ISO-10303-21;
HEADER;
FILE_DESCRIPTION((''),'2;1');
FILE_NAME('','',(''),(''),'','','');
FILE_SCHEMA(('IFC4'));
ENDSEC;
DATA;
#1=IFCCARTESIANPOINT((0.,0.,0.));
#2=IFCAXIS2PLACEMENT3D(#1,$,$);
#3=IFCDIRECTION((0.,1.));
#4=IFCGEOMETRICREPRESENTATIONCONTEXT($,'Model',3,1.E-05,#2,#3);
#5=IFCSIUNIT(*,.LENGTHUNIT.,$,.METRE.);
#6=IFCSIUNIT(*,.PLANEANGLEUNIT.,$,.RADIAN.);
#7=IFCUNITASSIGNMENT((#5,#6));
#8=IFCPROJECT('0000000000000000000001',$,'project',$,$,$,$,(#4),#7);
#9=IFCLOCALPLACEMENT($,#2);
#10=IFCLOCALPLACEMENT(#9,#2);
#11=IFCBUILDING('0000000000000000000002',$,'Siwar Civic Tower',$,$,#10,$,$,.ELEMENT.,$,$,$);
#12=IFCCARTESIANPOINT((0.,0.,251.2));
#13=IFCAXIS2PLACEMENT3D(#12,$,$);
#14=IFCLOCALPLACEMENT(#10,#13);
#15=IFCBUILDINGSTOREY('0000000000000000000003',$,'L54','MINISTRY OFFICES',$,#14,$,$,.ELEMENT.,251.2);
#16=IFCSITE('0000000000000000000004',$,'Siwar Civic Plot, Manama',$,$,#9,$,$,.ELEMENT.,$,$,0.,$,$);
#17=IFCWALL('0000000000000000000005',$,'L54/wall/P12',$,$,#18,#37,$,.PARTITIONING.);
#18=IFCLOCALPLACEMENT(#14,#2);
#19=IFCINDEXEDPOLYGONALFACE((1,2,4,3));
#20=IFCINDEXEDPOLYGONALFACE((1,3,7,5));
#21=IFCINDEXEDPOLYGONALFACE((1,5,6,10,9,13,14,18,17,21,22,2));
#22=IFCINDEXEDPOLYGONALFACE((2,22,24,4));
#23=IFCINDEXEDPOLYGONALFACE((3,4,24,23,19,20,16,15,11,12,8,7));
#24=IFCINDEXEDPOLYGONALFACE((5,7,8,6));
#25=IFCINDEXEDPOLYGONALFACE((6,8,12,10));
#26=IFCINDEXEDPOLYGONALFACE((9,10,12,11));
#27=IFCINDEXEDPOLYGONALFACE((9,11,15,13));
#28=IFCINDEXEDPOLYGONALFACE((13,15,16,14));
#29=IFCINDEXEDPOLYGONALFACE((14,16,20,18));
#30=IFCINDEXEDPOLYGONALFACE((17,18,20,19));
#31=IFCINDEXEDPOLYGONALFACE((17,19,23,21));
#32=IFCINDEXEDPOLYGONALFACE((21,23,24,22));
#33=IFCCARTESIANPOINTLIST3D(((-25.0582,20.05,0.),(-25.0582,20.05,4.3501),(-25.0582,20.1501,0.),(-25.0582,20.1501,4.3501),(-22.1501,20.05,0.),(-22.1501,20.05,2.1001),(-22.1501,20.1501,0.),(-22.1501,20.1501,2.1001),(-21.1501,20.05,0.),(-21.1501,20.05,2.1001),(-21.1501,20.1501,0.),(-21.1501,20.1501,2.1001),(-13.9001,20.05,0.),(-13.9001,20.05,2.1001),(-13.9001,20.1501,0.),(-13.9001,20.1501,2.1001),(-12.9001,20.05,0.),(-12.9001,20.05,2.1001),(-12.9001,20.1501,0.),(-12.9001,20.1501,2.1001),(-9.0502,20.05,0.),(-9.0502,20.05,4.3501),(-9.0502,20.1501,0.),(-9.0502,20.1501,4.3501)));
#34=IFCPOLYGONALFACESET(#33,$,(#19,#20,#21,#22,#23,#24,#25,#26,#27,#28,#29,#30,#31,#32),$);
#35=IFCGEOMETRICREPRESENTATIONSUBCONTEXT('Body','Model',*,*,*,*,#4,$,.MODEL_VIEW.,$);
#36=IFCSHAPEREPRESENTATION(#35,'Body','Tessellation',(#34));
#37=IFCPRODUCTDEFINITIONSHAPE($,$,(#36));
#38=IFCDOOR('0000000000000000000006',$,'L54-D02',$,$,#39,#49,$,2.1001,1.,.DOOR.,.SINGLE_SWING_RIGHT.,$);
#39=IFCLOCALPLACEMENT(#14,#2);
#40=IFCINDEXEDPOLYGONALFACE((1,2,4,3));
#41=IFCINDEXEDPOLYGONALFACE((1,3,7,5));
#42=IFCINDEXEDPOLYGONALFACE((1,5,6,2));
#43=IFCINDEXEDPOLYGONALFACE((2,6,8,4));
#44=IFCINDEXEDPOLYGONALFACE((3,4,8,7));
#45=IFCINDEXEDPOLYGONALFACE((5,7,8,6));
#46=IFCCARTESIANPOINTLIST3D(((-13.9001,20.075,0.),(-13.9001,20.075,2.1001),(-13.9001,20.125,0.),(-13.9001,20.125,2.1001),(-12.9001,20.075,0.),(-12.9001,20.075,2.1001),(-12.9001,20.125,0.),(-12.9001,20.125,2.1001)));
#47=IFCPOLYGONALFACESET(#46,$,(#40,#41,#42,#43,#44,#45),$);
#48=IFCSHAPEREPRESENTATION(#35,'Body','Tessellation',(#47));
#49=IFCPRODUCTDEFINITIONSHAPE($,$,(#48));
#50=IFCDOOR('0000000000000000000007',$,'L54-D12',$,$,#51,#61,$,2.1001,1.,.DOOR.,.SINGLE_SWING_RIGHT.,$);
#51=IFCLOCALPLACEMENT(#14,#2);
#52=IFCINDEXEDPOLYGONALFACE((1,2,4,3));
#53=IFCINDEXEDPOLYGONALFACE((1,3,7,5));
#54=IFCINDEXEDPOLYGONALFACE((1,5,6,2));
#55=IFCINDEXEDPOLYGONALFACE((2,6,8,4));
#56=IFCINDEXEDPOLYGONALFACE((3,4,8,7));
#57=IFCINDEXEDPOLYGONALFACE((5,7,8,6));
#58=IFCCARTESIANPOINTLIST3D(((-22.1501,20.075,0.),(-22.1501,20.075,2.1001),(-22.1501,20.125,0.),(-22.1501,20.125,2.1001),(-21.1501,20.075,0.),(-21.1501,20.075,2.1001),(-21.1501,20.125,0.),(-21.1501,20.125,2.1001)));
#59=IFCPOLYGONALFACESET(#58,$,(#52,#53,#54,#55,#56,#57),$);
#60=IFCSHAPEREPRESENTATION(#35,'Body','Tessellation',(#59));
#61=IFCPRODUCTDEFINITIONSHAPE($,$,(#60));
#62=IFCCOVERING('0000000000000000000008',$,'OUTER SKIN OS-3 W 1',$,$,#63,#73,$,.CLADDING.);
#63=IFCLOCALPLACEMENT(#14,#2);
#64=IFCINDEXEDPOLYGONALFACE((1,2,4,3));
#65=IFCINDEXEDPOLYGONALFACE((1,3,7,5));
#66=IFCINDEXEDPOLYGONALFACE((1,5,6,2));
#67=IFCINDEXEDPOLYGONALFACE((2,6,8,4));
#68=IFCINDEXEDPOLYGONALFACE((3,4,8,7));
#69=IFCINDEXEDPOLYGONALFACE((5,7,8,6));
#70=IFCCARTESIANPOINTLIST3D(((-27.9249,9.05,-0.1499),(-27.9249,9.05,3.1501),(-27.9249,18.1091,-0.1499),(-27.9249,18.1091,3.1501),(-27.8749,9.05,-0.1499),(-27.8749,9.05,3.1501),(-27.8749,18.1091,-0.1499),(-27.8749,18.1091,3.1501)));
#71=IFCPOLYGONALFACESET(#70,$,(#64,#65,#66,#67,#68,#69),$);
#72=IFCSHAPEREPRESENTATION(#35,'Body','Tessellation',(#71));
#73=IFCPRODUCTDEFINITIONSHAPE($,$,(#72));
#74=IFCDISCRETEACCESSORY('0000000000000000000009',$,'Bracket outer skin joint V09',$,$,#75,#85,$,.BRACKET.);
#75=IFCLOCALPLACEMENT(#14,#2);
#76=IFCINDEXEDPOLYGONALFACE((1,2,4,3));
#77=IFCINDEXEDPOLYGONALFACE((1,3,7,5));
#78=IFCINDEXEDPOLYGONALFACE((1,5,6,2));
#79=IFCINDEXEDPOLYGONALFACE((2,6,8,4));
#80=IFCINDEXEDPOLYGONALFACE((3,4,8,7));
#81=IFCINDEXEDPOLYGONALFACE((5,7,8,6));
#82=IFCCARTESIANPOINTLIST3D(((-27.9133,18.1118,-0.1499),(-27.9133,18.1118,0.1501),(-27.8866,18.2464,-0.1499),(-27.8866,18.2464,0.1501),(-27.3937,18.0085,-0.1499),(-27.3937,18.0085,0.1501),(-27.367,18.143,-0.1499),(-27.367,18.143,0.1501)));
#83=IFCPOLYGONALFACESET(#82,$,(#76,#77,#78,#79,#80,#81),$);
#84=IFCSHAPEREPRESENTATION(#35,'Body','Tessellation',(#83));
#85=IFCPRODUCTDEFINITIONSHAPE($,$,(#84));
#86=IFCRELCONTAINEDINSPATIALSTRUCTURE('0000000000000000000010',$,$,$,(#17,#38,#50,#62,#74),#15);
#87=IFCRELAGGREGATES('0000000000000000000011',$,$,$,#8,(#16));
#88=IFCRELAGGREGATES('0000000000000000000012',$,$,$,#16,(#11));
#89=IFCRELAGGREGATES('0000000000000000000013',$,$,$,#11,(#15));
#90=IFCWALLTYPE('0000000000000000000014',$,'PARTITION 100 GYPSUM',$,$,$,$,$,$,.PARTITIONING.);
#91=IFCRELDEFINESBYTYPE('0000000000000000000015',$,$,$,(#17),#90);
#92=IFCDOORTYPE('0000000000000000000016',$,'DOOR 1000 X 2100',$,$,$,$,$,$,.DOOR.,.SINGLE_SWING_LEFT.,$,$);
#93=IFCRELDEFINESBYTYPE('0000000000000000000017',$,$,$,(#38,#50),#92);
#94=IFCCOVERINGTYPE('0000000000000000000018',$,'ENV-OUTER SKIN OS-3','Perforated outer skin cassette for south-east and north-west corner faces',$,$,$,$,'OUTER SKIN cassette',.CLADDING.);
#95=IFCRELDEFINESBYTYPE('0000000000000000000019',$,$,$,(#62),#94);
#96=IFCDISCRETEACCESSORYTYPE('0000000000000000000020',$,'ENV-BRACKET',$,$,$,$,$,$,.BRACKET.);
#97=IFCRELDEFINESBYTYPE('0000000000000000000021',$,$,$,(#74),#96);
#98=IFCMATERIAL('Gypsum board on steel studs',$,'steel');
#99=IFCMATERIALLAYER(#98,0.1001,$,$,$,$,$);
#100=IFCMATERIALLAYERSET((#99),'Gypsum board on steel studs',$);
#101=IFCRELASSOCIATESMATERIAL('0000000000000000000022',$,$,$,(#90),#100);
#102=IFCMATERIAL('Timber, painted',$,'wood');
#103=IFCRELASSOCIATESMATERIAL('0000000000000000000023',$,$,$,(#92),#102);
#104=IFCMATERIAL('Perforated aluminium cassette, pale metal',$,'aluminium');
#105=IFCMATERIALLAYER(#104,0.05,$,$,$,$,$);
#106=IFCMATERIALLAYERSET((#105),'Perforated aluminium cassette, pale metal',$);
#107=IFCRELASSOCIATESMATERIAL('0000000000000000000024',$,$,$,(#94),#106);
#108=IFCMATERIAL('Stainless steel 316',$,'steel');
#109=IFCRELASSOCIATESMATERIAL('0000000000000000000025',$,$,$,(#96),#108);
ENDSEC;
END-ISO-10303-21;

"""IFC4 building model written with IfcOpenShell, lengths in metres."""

from ifc_helpers import new_model, si_unit, direction, frame, frame_2d, origin, origin_2d, place, context, subcontext, project, spatial, rectangle, extrude, material, layer, layer_set, type_object, element, fill, save


model = new_model("IFC4")

# Units and contexts
model_context = context("Model", 3, precision=1e-05, world=origin(), true_north=direction((0.0, 1.0)))
body_context = subcontext(model_context, "Body", "Model", "MODEL_VIEW")
ifc_project = project(units=[si_unit("LENGTHUNIT", "METRE"), si_unit("PLANEANGLEUNIT", "RADIAN")], contexts=[model_context])

# Site, building, storey
site_placement = place(None, origin())
site = spatial("IfcSite", under=ifc_project, at=site_placement, Name="Siwar Civic Plot, Manama", CompositionType="ELEMENT", RefElevation=0.0)
building_placement = place(site_placement, origin())
building = spatial("IfcBuilding", under=site, at=building_placement, Name="Siwar Civic Tower", CompositionType="ELEMENT")
storey_placement = place(building_placement, frame((0.0, 0.0, 251.2)))
storey = spatial("IfcBuildingStorey", under=building, at=storey_placement, Name="L54", Description="MINISTRY OFFICES", CompositionType="ELEMENT", Elevation=251.2)

# Wall, openings, doors
ifc_material_1 = material(Name="Gypsum board on steel studs", Category="steel")
ifc_layer_1 = layer(ifc_material_1, 0.1001)
ifc_layer_set_1 = layer_set([ifc_layer_1], Name="Gypsum board on steel studs")
wall_type_1 = type_object("IfcWallType", Name="PARTITION 100 GYPSUM", PredefinedType="PARTITIONING", material=ifc_layer_set_1)
wall_1_placement = place(storey_placement, frame((-25.0581, 20.1001, 0.0), z_axis=(0.0, 0.0, 1.0), x_axis=(1.0, 0.0, 0.0)))
wall_1 = element("IfcWall", 1, at=wall_1_placement, inside=storey, type_object=wall_type_1, Name="L54/wall/P12", PredefinedType="PARTITIONING", context=body_context, shape_type="SweptSolid", body=[
    extrude(rectangle(XDim=16.0081, YDim=0.1001, at=frame_2d((8.0039, 0.0))), origin(), (0.0, 0.0, 1.0), 4.3501),
])
opening_1_placement = place(wall_1_placement, frame((11.158, 0.0, 0.0)))
opening_1 = element("IfcOpeningElement", 2, at=opening_1_placement, cuts=wall_1, PredefinedType="OPENING", context=body_context, shape_type="SweptSolid", body=[
    extrude(rectangle(XDim=1.0, YDim=2.1001, at=frame_2d((0.5, 1.05))), frame((0.0, 0.0601, 0.0), z_axis=(0.0, -1.0, 0.0), x_axis=(1.0, 0.0, 0.0)), (0.0, 0.0, 1.0), 0.1201),
])
opening_2_placement = place(wall_1_placement, frame((2.908, 0.0, 0.0)))
opening_2 = element("IfcOpeningElement", 3, at=opening_2_placement, cuts=wall_1, PredefinedType="OPENING", context=body_context, shape_type="SweptSolid", body=[
    extrude(rectangle(XDim=1.0, YDim=2.1001, at=frame_2d((0.5, 1.05))), frame((0.0, 0.0601, 0.0), z_axis=(0.0, -1.0, 0.0), x_axis=(1.0, 0.0, 0.0)), (0.0, 0.0, 1.0), 0.1201),
])
ifc_material_2 = material(Name="Timber, painted", Category="wood")
door_type_1 = type_object("IfcDoorType", Name="DOOR 1000 X 2100", OperationType="SINGLE_SWING_LEFT", PredefinedType="DOOR", material=ifc_material_2)
door_1_placement = place(opening_1_placement, origin())
door_1 = element("IfcDoor", 4, at=door_1_placement, inside=storey, type_object=door_type_1, Name="L54-D02", OperationType="SINGLE_SWING_RIGHT", OverallHeight=2.1001, OverallWidth=1.0, PredefinedType="DOOR", context=body_context, shape_type="SweptSolid", body=[
    extrude(rectangle(XDim=1.0, YDim=2.1001, at=frame_2d((0.5, 1.05))), frame((0.0, 0.0249, 0.0), z_axis=(0.0, -1.0, 0.0), x_axis=(1.0, 0.0, 0.0)), (0.0, 0.0, 1.0), 0.05),
])
fill(opening_1, door_1)
door_2_placement = place(opening_2_placement, origin())
door_2 = element("IfcDoor", 5, at=door_2_placement, inside=storey, type_object=door_type_1, Name="L54-D12", OperationType="SINGLE_SWING_RIGHT", OverallHeight=2.1001, OverallWidth=1.0, PredefinedType="DOOR", context=body_context, shape_type="SweptSolid", body=[
    extrude(rectangle(XDim=1.0, YDim=2.1001, at=frame_2d((0.5, 1.05))), frame((0.0, 0.0249, 0.0), z_axis=(0.0, -1.0, 0.0), x_axis=(1.0, 0.0, 0.0)), (0.0, 0.0, 1.0), 0.05),
])
fill(opening_2, door_2)

# Covering
ifc_material_3 = material(Name="Perforated aluminium cassette, pale metal", Category="aluminium")
ifc_layer_2 = layer(ifc_material_3, 0.05)
ifc_layer_set_2 = layer_set([ifc_layer_2], Name="Perforated aluminium cassette, pale metal")
covering_type = type_object("IfcCoveringType", Name="ENV-OUTER SKIN OS-3", Description="Perforated outer skin cassette for south-east and north-west corner faces", ElementType="OUTER SKIN cassette", PredefinedType="CLADDING", material=ifc_layer_set_2)
covering_placement = place(storey_placement, frame((-27.8999, 13.5796, -0.1499), z_axis=(0.0, 0.0, 1.0), x_axis=(0.0, -1.0, 0.0)))
element("IfcCovering", 6, at=covering_placement, inside=storey, type_object=covering_type, Name="OUTER SKIN OS-3 W 1", PredefinedType="CLADDING", context=body_context, shape_type="SweptSolid", body=[
    extrude(rectangle(XDim=9.0591, YDim=0.05, at=origin_2d()), origin(), (0.0, 0.0, 1.0), 3.3),
])

# Discrete accessory
ifc_material_4 = material(Name="Stainless steel 316", Category="steel")
discrete_accessory_type = type_object("IfcDiscreteAccessoryType", Name="ENV-BRACKET", PredefinedType="BRACKET", material=ifc_material_4)
discrete_accessory_placement = place(storey_placement, frame((-27.6401, 18.1274, -0.1499), z_axis=(0.0, 0.0, 1.0), x_axis=(-0.980785, 0.19509, 0.0)))
element("IfcDiscreteAccessory", 7, at=discrete_accessory_placement, inside=storey, type_object=discrete_accessory_type, Name="Bracket outer skin joint V09", PredefinedType="BRACKET", context=body_context, shape_type="SweptSolid", body=[
    extrude(rectangle(XDim=0.5298, YDim=0.1372, at=origin_2d()), origin(), (0.0, 0.0, 1.0), 0.3),
])

save(model, "model.ifc")
